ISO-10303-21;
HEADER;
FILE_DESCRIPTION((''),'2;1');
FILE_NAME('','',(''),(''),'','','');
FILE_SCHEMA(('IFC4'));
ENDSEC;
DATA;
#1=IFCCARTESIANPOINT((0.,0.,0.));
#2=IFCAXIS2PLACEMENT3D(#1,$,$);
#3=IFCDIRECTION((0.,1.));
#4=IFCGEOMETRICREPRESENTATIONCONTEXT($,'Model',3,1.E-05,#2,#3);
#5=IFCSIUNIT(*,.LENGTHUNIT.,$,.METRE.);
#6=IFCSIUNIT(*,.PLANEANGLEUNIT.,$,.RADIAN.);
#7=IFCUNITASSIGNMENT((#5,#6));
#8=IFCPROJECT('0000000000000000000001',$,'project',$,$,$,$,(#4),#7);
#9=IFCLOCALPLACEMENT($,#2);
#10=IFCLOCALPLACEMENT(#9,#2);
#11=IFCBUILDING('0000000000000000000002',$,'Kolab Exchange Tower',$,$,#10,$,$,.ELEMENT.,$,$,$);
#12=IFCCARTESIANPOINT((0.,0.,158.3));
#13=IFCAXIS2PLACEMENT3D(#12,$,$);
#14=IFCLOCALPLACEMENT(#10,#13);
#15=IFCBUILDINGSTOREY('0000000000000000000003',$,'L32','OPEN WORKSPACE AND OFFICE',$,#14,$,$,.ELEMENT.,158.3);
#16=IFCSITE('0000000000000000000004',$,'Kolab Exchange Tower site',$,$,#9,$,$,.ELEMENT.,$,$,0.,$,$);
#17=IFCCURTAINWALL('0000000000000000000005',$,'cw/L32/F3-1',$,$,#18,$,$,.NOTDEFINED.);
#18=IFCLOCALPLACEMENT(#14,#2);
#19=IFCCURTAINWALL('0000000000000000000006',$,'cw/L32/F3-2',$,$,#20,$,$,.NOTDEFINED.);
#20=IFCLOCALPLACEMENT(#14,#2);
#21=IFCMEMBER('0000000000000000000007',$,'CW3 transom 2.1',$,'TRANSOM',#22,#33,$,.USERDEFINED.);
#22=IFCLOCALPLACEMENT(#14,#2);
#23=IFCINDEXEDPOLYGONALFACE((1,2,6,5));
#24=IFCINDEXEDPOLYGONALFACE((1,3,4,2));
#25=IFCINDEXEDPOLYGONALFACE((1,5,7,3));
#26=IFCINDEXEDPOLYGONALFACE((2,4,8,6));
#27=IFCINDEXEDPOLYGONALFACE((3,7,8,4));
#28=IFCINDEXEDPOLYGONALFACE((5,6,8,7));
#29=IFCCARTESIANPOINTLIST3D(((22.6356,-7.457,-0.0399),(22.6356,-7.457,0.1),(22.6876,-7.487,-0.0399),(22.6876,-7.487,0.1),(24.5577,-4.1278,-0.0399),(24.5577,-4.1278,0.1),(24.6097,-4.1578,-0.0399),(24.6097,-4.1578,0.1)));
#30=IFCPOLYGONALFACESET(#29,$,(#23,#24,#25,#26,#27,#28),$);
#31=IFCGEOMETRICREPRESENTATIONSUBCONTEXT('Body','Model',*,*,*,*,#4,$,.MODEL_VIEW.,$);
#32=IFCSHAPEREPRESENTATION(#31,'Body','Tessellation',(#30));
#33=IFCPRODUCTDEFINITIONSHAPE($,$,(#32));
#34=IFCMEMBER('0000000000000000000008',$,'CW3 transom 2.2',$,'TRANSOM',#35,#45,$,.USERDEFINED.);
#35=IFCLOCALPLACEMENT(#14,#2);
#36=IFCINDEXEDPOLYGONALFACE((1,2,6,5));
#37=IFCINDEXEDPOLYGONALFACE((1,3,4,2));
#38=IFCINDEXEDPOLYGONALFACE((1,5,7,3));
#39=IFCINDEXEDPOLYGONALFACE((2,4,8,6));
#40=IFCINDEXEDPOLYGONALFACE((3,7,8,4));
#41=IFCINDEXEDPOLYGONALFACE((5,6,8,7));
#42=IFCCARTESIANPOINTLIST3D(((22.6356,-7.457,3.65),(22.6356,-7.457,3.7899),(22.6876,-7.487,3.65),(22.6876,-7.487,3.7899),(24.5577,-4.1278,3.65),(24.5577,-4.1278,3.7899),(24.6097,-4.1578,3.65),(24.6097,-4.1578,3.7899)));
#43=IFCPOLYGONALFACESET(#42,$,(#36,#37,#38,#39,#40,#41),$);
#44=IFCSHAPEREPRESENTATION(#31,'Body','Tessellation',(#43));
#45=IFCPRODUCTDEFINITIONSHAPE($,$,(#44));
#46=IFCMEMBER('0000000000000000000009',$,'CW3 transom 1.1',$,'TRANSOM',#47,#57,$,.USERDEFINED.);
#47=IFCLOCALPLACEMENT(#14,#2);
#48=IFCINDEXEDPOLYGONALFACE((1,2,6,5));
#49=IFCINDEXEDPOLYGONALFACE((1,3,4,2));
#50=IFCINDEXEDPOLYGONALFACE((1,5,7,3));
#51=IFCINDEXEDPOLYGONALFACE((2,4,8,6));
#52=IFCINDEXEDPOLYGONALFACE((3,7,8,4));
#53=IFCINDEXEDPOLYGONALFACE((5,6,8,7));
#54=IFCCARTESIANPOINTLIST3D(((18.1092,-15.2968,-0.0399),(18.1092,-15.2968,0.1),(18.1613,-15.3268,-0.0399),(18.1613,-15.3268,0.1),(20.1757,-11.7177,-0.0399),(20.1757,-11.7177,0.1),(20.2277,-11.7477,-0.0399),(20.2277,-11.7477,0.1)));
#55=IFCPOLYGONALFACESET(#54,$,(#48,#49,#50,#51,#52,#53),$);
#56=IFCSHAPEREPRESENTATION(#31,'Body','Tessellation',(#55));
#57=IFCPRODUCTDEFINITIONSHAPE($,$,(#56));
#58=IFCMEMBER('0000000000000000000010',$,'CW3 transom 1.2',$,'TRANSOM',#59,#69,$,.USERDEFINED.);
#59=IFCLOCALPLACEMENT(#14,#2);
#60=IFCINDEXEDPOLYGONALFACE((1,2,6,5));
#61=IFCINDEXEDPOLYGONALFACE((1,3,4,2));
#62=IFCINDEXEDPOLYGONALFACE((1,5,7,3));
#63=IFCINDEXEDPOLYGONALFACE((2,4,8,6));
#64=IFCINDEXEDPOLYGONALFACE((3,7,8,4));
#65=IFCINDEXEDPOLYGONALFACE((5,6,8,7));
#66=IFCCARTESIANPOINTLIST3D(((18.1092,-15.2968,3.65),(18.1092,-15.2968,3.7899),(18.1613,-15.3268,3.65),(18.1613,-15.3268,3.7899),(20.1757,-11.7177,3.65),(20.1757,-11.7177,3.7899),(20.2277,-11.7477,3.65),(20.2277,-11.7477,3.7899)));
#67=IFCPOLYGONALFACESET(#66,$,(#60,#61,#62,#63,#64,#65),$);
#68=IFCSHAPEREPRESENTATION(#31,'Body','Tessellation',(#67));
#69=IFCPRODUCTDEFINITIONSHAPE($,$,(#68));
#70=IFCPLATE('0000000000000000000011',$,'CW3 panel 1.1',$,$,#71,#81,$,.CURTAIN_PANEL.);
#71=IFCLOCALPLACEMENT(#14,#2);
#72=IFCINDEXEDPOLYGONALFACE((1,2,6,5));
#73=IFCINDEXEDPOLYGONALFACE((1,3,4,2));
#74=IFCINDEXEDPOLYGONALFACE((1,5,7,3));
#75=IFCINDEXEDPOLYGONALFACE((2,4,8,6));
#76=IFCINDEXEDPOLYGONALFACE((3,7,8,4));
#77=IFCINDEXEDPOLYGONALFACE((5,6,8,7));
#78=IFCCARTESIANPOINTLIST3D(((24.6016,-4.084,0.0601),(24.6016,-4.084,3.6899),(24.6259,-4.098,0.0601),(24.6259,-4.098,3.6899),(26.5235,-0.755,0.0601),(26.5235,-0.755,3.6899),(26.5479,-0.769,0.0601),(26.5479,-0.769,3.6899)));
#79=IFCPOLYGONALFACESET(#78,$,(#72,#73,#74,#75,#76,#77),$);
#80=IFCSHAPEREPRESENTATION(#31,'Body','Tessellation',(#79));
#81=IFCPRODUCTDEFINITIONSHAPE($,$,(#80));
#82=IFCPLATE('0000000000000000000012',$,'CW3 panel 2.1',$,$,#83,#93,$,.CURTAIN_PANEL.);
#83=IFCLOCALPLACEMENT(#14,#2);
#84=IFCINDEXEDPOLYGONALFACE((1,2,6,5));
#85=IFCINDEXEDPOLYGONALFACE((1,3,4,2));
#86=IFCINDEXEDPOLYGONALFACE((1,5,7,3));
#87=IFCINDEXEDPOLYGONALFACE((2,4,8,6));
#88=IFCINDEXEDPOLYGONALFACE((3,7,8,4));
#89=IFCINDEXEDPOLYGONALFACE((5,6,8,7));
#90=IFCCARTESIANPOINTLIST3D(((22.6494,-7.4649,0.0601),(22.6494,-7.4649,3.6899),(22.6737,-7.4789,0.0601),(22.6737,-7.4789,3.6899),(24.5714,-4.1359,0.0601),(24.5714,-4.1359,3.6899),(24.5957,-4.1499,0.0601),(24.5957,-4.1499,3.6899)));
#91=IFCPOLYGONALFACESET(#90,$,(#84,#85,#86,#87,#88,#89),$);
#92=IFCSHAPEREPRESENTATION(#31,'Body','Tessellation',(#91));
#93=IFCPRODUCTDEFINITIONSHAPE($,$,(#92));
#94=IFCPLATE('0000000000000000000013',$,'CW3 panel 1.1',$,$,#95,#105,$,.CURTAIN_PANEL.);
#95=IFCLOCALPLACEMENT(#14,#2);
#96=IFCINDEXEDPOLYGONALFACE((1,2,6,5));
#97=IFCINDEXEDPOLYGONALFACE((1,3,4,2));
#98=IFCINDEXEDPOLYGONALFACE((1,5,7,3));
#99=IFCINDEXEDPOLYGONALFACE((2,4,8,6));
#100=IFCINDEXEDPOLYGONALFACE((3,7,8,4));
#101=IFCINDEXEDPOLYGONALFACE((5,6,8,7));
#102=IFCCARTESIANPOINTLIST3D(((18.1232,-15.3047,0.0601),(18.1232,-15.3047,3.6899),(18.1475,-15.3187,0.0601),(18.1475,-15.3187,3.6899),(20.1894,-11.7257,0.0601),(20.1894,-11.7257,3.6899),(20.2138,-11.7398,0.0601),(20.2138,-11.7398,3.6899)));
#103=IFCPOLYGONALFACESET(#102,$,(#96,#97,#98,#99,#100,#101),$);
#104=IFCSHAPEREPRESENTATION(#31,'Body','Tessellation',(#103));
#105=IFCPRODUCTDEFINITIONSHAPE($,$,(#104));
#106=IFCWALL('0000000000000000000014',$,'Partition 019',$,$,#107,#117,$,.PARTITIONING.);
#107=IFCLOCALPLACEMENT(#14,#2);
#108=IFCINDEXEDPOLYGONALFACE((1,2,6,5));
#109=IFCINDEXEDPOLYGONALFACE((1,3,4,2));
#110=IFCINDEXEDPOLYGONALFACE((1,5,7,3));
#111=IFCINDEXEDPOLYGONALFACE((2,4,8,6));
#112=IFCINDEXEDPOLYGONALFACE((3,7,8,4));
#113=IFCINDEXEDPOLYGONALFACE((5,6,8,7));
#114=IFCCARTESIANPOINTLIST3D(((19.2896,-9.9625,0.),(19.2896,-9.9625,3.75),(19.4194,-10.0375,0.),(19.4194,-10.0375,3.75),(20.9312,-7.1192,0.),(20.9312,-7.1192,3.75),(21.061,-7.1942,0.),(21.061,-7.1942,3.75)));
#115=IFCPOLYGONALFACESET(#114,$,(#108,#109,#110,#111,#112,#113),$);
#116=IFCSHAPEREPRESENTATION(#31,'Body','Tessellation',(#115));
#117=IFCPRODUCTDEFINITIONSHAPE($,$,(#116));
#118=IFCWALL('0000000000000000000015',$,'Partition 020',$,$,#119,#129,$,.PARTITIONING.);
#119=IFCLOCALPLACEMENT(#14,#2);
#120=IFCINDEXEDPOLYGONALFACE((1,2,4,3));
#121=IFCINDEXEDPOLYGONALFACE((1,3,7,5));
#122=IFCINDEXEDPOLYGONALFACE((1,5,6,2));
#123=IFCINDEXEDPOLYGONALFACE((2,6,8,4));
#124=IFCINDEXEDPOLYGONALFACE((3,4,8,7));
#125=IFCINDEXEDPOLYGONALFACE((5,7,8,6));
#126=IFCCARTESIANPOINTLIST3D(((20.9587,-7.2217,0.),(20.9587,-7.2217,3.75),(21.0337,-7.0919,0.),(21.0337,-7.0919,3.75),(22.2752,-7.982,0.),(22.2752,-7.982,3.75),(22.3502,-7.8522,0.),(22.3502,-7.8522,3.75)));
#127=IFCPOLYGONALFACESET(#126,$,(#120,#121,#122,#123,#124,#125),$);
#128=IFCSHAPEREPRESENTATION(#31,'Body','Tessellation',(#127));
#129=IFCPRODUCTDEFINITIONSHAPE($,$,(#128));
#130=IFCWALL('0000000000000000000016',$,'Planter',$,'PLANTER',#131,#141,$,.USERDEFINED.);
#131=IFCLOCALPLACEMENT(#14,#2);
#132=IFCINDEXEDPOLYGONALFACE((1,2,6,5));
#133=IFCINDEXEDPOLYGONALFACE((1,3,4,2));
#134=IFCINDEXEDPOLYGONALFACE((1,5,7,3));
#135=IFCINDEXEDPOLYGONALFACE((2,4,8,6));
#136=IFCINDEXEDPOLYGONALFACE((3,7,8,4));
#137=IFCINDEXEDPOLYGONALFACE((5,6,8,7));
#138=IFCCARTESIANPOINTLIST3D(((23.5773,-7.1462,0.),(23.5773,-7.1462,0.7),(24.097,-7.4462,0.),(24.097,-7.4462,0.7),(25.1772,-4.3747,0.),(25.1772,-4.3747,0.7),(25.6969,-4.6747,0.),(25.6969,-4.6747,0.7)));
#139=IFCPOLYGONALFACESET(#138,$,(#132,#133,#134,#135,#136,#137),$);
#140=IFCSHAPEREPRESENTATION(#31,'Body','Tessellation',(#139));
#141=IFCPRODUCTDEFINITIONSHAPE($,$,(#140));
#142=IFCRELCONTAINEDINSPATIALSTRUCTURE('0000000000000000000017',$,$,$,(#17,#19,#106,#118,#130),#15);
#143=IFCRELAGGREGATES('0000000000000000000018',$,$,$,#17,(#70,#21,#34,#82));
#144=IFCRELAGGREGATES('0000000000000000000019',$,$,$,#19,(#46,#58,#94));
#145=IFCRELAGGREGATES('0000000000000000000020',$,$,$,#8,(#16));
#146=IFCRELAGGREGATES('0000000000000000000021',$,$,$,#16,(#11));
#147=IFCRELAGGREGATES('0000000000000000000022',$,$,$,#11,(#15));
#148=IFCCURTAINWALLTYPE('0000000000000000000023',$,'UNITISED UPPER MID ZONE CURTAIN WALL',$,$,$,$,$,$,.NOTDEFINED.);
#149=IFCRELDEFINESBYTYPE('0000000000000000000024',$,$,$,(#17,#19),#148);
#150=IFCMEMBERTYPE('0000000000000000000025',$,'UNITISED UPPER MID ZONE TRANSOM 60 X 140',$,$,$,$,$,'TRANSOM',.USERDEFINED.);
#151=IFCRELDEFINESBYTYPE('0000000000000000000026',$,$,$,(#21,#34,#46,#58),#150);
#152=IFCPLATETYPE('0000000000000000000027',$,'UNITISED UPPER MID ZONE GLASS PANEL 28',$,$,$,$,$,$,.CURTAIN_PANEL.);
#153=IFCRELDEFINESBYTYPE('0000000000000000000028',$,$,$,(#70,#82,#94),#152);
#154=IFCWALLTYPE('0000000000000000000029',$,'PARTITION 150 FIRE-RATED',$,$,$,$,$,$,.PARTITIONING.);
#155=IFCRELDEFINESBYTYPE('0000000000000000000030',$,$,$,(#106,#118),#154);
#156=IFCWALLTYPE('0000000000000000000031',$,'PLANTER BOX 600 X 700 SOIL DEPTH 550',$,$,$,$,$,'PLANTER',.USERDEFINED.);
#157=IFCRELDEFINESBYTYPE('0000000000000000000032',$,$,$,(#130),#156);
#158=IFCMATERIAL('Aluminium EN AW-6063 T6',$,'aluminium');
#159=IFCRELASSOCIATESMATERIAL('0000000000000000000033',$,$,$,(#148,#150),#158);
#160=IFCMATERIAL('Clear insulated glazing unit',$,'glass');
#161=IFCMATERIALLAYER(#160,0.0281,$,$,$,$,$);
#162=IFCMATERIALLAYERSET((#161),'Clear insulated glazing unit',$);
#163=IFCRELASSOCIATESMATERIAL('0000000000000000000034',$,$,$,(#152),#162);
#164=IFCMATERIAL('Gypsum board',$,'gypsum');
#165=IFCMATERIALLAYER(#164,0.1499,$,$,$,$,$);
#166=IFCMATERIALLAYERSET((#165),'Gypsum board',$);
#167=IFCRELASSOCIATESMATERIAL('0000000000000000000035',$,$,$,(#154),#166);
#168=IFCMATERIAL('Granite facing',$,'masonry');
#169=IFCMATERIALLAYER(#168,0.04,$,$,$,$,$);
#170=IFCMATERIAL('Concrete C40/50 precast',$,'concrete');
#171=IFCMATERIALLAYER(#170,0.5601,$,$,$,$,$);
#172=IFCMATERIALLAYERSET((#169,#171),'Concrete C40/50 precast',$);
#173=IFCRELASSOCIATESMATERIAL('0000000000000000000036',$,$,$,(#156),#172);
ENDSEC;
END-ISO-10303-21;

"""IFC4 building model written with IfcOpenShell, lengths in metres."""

from ifc_helpers import new_model, si_unit, direction, frame, frame_2d, origin, origin_2d, place, context, subcontext, project, spatial, rectangle, extrude, material, layer, layer_set, material_profile, profile_set, type_object, element, aggregate, save


model = new_model("IFC4")

# Units and contexts
model_context = context("Model", 3, precision=1e-05, world=origin(), true_north=direction((0.0, 1.0)))
body_context = subcontext(model_context, "Body", "Model", "MODEL_VIEW")
ifc_project = project(units=[si_unit("LENGTHUNIT", "METRE"), si_unit("PLANEANGLEUNIT", "RADIAN")], contexts=[model_context])

# Site, building, storey
site_placement = place(None, origin())
site = spatial("IfcSite", under=ifc_project, at=site_placement, Name="Kolab Exchange Tower site", CompositionType="ELEMENT", RefElevation=0.0)
building_placement = place(site_placement, origin())
building = spatial("IfcBuilding", under=site, at=building_placement, Name="Kolab Exchange Tower", CompositionType="ELEMENT")
storey_placement = place(building_placement, frame((0.0, 0.0, 158.3)))
storey = spatial("IfcBuildingStorey", under=building, at=storey_placement, Name="L32", Description="OPEN WORKSPACE AND OFFICE", CompositionType="ELEMENT", Elevation=158.3)

# Curtain walls
ifc_material_1 = material(Name="Aluminium EN AW-6063 T6", Category="aluminium")
curtain_wall_type = type_object("IfcCurtainWallType", Name="UNITISED UPPER MID ZONE CURTAIN WALL", PredefinedType="NOTDEFINED", material=ifc_material_1)
curtain_wall_1_placement = place(storey_placement, origin())
curtain_wall_1 = element("IfcCurtainWall", 1, at=curtain_wall_1_placement, inside=storey, type_object=curtain_wall_type, Name="cw/L32/F3-1", PredefinedType="NOTDEFINED")
curtain_wall_2_placement = place(storey_placement, origin())
curtain_wall_2 = element("IfcCurtainWall", 2, at=curtain_wall_2_placement, inside=storey, type_object=curtain_wall_type, Name="cw/L32/F3-2", PredefinedType="NOTDEFINED")

# Members
ifc_material_profile_1 = material_profile(ifc_material_1, rectangle(XDim=0.0601, YDim=0.1399, at=origin_2d()), Name="RECT 60X140")
ifc_profile_set_1 = profile_set([ifc_material_profile_1], Name="Aluminium EN AW-6063 T6")
member_type_1 = type_object("IfcMemberType", Name="UNITISED UPPER MID ZONE TRANSOM 60 X 140", ElementType="TRANSOM", PredefinedType="USERDEFINED", material=ifc_profile_set_1)
member_1_placement = place(storey_placement, frame((24.5837, -4.1428, 0.03), z_axis=(-0.500012, -0.866018, 0.0), x_axis=(0.866018, -0.500012, 0.0)))
member_1 = element("IfcMember", 3, at=member_1_placement, type_object=member_type_1, Name="CW3 transom 2.1", ObjectType="TRANSOM", PredefinedType="USERDEFINED", context=body_context, shape_type="SweptSolid", body=[
    extrude(rectangle(XDim=0.0601, YDim=0.1399, at=origin_2d()), origin(), (0.0, 0.0, 1.0), 3.8442),
])
member_2_placement = place(storey_placement, frame((24.5837, -4.1428, 3.72), z_axis=(-0.500012, -0.866018, 0.0), x_axis=(0.866018, -0.500012, 0.0)))
member_2 = element("IfcMember", 4, at=member_2_placement, type_object=member_type_1, Name="CW3 transom 2.2", ObjectType="TRANSOM", PredefinedType="USERDEFINED", context=body_context, shape_type="SweptSolid", body=[
    extrude(rectangle(XDim=0.0601, YDim=0.1399, at=origin_2d()), origin(), (0.0, 0.0, 1.0), 3.8442),
])
member_3_placement = place(storey_placement, frame((20.2017, -11.7327, 0.03), z_axis=(-0.500002, -0.866024, 0.0), x_axis=(0.866024, -0.500002, 0.0)))
member_3 = element("IfcMember", 5, at=member_3_placement, type_object=member_type_1, Name="CW3 transom 1.1", ObjectType="TRANSOM", PredefinedType="USERDEFINED", context=body_context, shape_type="SweptSolid", body=[
    extrude(rectangle(XDim=0.0601, YDim=0.1399, at=origin_2d()), origin(), (0.0, 0.0, 1.0), 4.1328),
])
member_4_placement = place(storey_placement, frame((20.2017, -11.7327, 3.72), z_axis=(-0.500002, -0.866024, 0.0), x_axis=(0.866024, -0.500002, 0.0)))
member_4 = element("IfcMember", 6, at=member_4_placement, type_object=member_type_1, Name="CW3 transom 1.2", ObjectType="TRANSOM", PredefinedType="USERDEFINED", context=body_context, shape_type="SweptSolid", body=[
    extrude(rectangle(XDim=0.0601, YDim=0.1399, at=origin_2d()), origin(), (0.0, 0.0, 1.0), 4.1328),
])

# Plates
ifc_material_2 = material(Name="Clear insulated glazing unit", Category="glass")
ifc_layer_1 = layer(ifc_material_2, 0.0281)
ifc_layer_set_1 = layer_set([ifc_layer_1], Name="Clear insulated glazing unit")
plate_type = type_object("IfcPlateType", Name="UNITISED UPPER MID ZONE GLASS PANEL 28", PredefinedType="CURTAIN_PANEL", material=ifc_layer_set_1)
plate_1_placement = place(storey_placement, frame((25.5747, -2.4265, 0.0601), z_axis=(0.0, 0.0, 1.0), x_axis=(-0.5, -0.866025, 0.0)))
plate_1 = element("IfcPlate", 7, at=plate_1_placement, type_object=plate_type, Name="CW3 panel 1.1", PredefinedType="CURTAIN_PANEL", context=body_context, shape_type="SweptSolid", body=[
    extrude(rectangle(XDim=3.844, YDim=0.0281, at=origin_2d()), origin(), (0.0, 0.0, 1.0), 3.6299),
])
plate_2_placement = place(storey_placement, frame((23.6226, -5.8074, 0.0601), z_axis=(0.0, 0.0, 1.0), x_axis=(-0.5, -0.866025, 0.0)))
plate_2 = element("IfcPlate", 8, at=plate_2_placement, type_object=plate_type, Name="CW3 panel 2.1", PredefinedType="CURTAIN_PANEL", context=body_context, shape_type="SweptSolid", body=[
    extrude(rectangle(XDim=3.844, YDim=0.0281, at=origin_2d()), origin(), (0.0, 0.0, 1.0), 3.6299),
])
aggregate(curtain_wall_1, [plate_1, member_1, member_2, plate_2])
plate_3_placement = place(storey_placement, frame((19.1685, -13.5222, 0.0601), z_axis=(0.0, 0.0, 1.0), x_axis=(-0.5, -0.866025, 0.0)))
plate_3 = element("IfcPlate", 9, at=plate_3_placement, type_object=plate_type, Name="CW3 panel 1.1", PredefinedType="CURTAIN_PANEL", context=body_context, shape_type="SweptSolid", body=[
    extrude(rectangle(XDim=4.1326, YDim=0.0281, at=origin_2d()), origin(), (0.0, 0.0, 1.0), 3.6299),
])
aggregate(curtain_wall_2, [member_3, member_4, plate_3])

# Walls
ifc_material_3 = material(Name="Gypsum board", Category="gypsum")
ifc_layer_2 = layer(ifc_material_3, 0.1499)
ifc_layer_set_2 = layer_set([ifc_layer_2], Name="Gypsum board")
wall_type_1 = type_object("IfcWallType", Name="PARTITION 150 FIRE-RATED", PredefinedType="PARTITIONING", material=ifc_layer_set_2)
wall_1_placement = place(storey_placement, frame((19.3545, -10.0, 0.0), z_axis=(0.0, 0.0, 1.0), x_axis=(0.50001, 0.86602, 0.0)))
element("IfcWall", 10, at=wall_1_placement, inside=storey, type_object=wall_type_1, Name="Partition 019", PredefinedType="PARTITIONING", context=body_context, shape_type="SweptSolid", body=[
    extrude(rectangle(XDim=3.2832, YDim=0.1499, at=frame_2d((1.6416, 0.0))), origin(), (0.0, 0.0, 1.0), 3.75),
])
wall_2_placement = place(storey_placement, frame((20.9961, -7.1567, 0.0), z_axis=(0.0, 0.0, 1.0), x_axis=(0.865961, -0.500112, 0.0)))
element("IfcWall", 11, at=wall_2_placement, inside=storey, type_object=wall_type_1, Name="Partition 020", PredefinedType="PARTITIONING", context=body_context, shape_type="SweptSolid", body=[
    extrude(rectangle(XDim=1.5203, YDim=0.1499, at=frame_2d((0.7603, 0.0))), origin(), (0.0, 0.0, 1.0), 3.75),
])
ifc_material_4 = material(Name="Granite facing", Category="masonry")
ifc_layer_3 = layer(ifc_material_4, 0.04)
ifc_material_5 = material(Name="Concrete C40/50 precast", Category="concrete")
ifc_layer_4 = layer(ifc_material_5, 0.5601)
ifc_layer_set_3 = layer_set([ifc_layer_3, ifc_layer_4], Name="Concrete C40/50 precast")
wall_type_2 = type_object("IfcWallType", Name="PLANTER BOX 600 X 700 SOIL DEPTH 550", ElementType="PLANTER", PredefinedType="USERDEFINED", material=ifc_layer_set_3)
wall_3_placement = place(storey_placement, frame((25.437, -4.5247, 0.0), z_axis=(0.0, 0.0, 1.0), x_axis=(-0.499938, -0.866061, 0.0)))
element("IfcWall", 12, at=wall_3_placement, inside=storey, type_object=wall_type_2, Name="Planter", ObjectType="PLANTER", PredefinedType="USERDEFINED", context=body_context, shape_type="SweptSolid", body=[
    extrude(rectangle(XDim=3.2002, YDim=0.6001, at=frame_2d((1.6001, 0.0))), origin(), (0.0, 0.0, 1.0), 0.7),
])

save(model, "model.ifc")
